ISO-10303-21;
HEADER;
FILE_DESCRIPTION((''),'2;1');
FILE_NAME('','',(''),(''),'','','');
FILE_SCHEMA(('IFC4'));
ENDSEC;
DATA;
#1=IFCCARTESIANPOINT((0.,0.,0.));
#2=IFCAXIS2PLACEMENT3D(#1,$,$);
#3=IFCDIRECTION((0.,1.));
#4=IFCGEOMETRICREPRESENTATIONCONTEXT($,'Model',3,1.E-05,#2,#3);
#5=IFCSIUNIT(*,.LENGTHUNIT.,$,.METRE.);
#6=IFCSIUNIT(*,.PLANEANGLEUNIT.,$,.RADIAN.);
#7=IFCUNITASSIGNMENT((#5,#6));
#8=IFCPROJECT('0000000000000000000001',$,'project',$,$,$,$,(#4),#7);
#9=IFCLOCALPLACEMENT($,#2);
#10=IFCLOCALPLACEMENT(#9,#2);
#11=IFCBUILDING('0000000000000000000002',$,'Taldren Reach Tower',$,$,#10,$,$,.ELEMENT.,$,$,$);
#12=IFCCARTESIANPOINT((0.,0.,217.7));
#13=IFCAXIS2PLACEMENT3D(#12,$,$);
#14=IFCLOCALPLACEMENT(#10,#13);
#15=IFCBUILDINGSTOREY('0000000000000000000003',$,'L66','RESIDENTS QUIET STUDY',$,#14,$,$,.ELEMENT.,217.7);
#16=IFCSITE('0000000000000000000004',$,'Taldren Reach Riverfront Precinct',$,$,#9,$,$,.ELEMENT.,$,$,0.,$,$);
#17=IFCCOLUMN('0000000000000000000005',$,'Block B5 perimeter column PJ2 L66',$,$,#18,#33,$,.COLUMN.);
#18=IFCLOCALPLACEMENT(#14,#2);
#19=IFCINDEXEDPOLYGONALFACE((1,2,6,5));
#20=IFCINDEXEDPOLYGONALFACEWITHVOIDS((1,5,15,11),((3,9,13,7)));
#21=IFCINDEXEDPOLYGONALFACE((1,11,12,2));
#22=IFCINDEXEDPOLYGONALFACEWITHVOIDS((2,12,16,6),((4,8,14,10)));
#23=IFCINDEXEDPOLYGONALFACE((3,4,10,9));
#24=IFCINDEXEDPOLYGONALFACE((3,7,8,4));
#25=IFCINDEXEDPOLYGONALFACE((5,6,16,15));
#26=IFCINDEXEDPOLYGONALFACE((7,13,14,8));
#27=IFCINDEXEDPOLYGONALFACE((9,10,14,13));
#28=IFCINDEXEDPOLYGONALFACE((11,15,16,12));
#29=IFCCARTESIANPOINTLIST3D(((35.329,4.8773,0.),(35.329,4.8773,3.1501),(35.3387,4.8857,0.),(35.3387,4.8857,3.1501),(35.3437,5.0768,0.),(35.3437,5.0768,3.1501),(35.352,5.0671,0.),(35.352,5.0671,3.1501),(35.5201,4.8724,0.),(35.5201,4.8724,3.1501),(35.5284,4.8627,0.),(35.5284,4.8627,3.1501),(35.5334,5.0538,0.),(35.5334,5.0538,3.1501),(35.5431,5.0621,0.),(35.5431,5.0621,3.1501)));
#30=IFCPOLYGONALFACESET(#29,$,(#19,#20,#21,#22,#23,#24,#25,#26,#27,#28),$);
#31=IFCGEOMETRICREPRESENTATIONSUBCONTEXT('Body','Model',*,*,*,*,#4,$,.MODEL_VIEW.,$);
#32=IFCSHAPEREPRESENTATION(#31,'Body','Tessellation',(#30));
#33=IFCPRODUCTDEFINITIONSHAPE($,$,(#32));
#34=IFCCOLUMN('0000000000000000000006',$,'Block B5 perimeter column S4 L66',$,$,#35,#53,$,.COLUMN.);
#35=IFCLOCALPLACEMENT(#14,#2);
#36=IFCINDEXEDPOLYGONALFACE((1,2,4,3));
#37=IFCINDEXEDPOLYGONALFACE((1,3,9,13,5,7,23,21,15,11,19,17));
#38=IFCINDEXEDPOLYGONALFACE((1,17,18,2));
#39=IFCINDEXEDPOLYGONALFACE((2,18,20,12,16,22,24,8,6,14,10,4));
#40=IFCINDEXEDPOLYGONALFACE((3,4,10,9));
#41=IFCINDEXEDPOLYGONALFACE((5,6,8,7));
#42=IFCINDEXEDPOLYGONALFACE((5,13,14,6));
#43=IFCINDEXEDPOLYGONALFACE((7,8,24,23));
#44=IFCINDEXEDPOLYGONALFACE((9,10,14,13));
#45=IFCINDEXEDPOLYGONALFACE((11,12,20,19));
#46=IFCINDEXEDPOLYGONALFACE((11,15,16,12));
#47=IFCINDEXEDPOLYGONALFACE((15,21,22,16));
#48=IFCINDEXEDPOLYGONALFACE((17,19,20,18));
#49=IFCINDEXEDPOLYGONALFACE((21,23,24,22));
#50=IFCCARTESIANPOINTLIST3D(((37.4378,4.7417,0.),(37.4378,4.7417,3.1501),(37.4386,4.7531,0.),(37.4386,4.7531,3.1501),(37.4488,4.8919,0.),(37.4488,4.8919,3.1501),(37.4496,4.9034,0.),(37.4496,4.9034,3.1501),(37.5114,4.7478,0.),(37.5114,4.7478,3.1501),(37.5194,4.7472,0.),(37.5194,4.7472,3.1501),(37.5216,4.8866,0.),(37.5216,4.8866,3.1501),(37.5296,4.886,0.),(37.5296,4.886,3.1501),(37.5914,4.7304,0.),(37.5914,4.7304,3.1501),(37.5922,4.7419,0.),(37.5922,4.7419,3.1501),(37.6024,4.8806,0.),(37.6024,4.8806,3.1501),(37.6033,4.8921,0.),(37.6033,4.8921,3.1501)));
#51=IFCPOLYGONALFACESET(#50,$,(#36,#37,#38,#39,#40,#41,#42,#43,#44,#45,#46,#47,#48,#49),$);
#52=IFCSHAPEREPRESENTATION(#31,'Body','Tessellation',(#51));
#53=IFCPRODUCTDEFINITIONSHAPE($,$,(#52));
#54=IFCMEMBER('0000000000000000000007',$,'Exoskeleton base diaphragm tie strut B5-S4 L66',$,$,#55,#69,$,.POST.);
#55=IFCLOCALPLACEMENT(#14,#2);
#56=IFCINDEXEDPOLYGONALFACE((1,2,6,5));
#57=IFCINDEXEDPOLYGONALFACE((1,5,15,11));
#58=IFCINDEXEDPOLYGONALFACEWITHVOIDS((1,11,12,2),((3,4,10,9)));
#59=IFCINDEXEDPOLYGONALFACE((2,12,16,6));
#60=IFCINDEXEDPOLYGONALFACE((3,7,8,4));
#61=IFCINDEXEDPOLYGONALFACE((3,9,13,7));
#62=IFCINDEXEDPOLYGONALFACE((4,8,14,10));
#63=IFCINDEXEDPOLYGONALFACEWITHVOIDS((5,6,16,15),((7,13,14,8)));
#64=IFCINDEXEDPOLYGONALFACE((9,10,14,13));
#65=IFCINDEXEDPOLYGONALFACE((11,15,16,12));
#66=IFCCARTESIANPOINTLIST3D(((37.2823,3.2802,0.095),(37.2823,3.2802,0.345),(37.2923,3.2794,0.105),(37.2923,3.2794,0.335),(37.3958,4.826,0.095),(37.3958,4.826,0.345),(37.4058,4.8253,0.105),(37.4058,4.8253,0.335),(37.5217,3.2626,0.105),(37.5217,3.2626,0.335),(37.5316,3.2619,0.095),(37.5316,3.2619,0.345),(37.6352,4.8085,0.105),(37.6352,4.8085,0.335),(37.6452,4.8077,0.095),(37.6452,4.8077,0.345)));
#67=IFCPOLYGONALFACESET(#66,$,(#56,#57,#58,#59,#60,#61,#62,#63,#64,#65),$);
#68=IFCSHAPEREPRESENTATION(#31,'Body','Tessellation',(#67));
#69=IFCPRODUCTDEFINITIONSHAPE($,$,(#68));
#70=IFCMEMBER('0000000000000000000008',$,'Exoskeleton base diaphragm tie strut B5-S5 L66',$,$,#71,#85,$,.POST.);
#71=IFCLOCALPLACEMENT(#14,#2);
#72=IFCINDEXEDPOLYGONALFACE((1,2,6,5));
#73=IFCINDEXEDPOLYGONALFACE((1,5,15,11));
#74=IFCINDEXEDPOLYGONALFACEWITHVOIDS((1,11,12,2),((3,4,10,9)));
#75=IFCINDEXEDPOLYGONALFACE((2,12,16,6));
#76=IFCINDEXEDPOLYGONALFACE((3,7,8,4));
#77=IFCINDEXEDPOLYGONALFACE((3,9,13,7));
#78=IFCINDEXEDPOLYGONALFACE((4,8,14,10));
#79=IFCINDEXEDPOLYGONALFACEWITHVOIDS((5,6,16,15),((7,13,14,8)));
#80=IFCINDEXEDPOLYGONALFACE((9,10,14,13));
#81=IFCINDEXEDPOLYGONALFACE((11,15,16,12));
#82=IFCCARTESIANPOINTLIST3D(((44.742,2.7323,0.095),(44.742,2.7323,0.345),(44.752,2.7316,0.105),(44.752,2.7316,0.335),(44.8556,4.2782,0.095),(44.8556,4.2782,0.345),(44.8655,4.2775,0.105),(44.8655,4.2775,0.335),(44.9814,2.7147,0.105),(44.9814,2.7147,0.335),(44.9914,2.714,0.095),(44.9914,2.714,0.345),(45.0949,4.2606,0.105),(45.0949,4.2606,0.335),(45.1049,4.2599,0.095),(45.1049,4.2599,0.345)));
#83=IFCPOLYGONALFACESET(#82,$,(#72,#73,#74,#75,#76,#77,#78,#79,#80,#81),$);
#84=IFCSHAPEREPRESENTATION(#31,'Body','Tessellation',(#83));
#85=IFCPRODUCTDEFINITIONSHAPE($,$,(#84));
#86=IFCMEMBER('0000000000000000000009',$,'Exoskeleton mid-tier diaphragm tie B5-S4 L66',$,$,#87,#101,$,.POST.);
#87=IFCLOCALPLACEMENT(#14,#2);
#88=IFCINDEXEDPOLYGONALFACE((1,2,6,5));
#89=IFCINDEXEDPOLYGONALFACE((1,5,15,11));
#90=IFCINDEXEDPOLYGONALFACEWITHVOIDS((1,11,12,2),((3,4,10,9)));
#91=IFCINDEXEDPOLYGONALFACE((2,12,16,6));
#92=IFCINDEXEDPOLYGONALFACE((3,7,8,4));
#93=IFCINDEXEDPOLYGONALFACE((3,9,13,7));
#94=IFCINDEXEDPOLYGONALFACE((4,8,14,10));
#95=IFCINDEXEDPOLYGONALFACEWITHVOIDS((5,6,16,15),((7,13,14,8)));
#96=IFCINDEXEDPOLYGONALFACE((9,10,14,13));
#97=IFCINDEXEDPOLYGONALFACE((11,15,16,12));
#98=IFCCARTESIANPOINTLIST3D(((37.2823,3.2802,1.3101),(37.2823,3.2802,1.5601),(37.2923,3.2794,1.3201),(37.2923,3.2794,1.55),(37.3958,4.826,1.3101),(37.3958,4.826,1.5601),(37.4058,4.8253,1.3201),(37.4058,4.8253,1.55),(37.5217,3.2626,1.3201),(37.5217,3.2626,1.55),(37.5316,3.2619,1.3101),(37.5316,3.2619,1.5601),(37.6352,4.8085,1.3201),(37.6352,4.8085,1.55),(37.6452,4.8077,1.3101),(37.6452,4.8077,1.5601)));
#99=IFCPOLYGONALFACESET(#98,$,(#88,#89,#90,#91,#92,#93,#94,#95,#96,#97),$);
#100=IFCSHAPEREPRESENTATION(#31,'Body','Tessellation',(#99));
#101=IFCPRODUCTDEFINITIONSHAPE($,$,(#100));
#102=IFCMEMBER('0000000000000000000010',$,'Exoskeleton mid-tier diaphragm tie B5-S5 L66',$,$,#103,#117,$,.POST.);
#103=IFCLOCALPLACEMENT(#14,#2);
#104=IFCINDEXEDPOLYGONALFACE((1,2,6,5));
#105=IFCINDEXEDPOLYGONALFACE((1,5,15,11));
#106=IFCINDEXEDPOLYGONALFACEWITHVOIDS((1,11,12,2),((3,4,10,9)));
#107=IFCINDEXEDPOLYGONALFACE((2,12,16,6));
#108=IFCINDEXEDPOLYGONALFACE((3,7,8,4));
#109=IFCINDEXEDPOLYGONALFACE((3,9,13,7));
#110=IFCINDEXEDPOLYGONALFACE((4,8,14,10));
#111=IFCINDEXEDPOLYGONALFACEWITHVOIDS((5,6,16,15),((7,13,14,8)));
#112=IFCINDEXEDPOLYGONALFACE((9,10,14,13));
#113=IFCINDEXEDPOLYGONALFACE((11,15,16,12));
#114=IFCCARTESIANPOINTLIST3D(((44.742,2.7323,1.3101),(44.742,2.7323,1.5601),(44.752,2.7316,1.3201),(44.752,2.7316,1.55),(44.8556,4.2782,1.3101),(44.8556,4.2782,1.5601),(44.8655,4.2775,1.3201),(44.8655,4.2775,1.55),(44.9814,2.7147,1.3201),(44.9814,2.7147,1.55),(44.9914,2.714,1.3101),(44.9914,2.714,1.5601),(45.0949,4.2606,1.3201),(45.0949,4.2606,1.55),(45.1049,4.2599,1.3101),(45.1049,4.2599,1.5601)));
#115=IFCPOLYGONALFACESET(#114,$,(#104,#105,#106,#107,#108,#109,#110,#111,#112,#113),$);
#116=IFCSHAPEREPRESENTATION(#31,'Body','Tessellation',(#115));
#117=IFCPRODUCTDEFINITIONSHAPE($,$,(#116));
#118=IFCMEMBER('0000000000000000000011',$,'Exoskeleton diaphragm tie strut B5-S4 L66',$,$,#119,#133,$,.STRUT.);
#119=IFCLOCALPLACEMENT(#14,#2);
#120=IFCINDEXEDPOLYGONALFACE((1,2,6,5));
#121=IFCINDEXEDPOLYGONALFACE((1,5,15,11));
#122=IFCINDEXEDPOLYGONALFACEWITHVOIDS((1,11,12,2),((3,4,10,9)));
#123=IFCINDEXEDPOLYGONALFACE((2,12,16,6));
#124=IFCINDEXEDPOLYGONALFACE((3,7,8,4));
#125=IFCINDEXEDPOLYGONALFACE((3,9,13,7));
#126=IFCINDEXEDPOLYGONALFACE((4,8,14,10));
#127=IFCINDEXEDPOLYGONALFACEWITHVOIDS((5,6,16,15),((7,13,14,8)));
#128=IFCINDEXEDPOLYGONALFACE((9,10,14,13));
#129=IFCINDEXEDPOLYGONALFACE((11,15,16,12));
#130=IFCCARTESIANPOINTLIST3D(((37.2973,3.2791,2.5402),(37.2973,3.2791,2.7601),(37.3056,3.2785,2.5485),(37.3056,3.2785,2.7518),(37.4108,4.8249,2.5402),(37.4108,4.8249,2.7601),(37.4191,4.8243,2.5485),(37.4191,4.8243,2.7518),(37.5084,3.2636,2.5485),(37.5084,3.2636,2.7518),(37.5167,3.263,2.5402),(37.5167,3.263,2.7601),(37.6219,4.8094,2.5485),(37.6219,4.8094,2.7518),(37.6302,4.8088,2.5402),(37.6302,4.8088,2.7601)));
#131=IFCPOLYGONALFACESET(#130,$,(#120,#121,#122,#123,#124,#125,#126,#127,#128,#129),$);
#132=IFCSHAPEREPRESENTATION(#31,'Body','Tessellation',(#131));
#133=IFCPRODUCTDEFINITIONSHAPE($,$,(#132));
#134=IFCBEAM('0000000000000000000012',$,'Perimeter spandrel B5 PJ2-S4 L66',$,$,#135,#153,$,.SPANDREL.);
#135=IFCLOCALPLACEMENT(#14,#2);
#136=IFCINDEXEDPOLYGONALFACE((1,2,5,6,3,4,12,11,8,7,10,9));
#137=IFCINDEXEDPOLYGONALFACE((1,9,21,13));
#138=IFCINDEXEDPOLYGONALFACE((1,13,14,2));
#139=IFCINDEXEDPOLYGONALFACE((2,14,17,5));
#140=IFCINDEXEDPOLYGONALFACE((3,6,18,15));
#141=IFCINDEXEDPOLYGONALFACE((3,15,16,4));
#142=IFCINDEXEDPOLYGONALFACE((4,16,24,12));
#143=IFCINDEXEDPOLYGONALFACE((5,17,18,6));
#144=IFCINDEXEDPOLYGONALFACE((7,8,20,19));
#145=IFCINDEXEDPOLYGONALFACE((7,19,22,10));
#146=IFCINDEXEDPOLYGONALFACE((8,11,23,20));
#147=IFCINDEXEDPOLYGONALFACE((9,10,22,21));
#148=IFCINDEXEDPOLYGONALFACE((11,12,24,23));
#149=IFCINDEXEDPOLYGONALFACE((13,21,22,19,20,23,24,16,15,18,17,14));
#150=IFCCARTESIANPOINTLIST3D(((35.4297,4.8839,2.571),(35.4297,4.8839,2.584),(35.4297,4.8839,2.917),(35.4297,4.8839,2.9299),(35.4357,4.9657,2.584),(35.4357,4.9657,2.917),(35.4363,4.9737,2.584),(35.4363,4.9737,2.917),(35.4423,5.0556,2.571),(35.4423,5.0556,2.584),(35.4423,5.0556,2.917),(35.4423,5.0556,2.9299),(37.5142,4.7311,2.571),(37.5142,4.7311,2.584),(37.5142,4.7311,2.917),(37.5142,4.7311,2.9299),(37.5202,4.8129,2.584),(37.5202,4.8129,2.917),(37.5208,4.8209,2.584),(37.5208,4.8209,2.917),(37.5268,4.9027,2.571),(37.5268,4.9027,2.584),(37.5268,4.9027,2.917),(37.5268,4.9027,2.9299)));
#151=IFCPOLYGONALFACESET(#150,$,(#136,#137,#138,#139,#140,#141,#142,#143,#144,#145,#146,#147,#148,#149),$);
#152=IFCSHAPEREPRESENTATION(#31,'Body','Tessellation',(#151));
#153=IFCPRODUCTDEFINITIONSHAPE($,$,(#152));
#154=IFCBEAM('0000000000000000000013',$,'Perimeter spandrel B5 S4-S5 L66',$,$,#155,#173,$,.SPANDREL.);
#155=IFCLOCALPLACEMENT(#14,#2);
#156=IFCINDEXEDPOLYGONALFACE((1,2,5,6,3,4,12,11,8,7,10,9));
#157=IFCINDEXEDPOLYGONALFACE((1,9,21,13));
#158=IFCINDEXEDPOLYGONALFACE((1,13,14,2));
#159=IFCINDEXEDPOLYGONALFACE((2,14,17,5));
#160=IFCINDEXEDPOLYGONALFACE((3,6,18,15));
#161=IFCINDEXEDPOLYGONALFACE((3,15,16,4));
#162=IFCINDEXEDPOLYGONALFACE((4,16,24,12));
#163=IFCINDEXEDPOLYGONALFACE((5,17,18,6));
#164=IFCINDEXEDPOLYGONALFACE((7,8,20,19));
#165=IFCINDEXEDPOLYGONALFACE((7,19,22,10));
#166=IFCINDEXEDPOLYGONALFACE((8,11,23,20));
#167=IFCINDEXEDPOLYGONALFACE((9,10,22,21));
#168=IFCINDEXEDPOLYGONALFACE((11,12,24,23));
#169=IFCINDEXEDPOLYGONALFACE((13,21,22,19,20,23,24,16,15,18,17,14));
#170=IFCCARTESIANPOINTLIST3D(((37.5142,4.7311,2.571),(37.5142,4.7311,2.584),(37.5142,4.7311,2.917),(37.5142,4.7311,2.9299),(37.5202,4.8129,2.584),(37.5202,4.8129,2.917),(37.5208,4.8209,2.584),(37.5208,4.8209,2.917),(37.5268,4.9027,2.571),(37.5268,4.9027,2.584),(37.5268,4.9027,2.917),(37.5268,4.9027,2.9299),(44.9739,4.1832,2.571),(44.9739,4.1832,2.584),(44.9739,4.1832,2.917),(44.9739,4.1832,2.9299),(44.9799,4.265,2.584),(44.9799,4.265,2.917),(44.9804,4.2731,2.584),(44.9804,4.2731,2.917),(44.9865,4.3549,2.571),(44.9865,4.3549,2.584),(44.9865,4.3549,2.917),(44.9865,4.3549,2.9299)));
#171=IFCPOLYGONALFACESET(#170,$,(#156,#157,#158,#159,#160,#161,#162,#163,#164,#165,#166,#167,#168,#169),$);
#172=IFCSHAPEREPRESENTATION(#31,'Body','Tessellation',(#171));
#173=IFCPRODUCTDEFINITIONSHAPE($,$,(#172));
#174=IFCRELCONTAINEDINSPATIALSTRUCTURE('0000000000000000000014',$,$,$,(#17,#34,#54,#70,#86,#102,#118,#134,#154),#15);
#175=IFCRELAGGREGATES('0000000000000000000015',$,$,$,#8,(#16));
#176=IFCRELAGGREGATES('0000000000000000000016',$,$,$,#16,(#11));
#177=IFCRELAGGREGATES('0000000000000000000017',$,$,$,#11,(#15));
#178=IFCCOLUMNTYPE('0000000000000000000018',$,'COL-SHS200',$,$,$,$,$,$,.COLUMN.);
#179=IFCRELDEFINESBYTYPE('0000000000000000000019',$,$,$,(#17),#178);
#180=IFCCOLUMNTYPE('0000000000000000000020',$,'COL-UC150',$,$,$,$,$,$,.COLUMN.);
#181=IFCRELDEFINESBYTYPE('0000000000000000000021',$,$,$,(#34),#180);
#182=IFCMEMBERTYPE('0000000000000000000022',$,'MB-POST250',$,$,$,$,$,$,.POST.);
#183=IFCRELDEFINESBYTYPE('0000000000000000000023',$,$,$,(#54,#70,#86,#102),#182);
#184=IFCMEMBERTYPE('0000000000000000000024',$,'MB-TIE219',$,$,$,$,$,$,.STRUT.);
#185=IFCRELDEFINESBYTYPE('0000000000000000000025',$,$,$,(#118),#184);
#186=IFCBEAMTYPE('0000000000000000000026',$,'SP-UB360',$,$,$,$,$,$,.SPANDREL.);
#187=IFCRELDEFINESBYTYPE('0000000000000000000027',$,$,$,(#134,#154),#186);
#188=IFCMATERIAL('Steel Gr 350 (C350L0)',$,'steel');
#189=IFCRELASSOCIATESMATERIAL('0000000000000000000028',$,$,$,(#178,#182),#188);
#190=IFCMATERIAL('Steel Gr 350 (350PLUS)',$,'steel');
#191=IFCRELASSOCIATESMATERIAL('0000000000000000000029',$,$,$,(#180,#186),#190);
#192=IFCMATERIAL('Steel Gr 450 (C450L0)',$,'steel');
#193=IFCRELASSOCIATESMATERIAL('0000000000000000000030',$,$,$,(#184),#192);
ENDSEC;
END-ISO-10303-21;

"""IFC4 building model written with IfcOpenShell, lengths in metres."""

from ifc_helpers import new_model, si_unit, direction, frame, origin, origin_2d, place, context, subcontext, project, spatial, hollow_rectangle, i_section, extrude, source, transform, mapped, material, material_profile, profile_set, type_object, element, save


model = new_model("IFC4")

# Units and contexts
model_context = context("Model", 3, precision=1e-05, world=origin(), true_north=direction((0.0, 1.0)))
body_context = subcontext(model_context, "Body", "Model", "MODEL_VIEW")
ifc_project = project(units=[si_unit("LENGTHUNIT", "METRE"), si_unit("PLANEANGLEUNIT", "RADIAN")], contexts=[model_context])

# Site, building, storey
site_placement = place(None, origin())
site = spatial("IfcSite", under=ifc_project, at=site_placement, Name="Taldren Reach Riverfront Precinct", CompositionType="ELEMENT", RefElevation=0.0)
building_placement = place(site_placement, origin())
building = spatial("IfcBuilding", under=site, at=building_placement, Name="Taldren Reach Tower", CompositionType="ELEMENT")
storey_placement = place(building_placement, frame((0.0, 0.0, 217.7)))
storey = spatial("IfcBuildingStorey", under=building, at=storey_placement, Name="L66", Description="RESIDENTS QUIET STUDY", CompositionType="ELEMENT", Elevation=217.7)

# Columns
ifc_material_1 = material(Name="Steel Gr 350 (C350L0)", Category="steel")
ifc_material_profile_1 = material_profile(ifc_material_1, hollow_rectangle(XDim=0.2, YDim=0.2, WallThickness=0.009, at=origin_2d()), Name="200x200x9.0SHS")
ifc_profile_set_1 = profile_set([ifc_material_profile_1], Name="Steel Gr 350 (C350L0)")
column_type_1 = type_object("IfcColumnType", Name="COL-SHS200", PredefinedType="COLUMN", material=ifc_profile_set_1)
shared_shape_1 = source(origin(), body_context, "Body", "SweptSolid", [
    extrude(hollow_rectangle(XDim=0.2, YDim=0.2, WallThickness=0.009, at=origin_2d()), origin(), (0.0, 0.0, 1.0), 3.1501),
])
column_1_placement = place(storey_placement, frame((35.436, 4.9697, 0.0), z_axis=(0.0, 0.0, 1.0), x_axis=(0.997314, -0.073238, 0.0)))
element("IfcColumn", 1, at=column_1_placement, inside=storey, type_object=column_type_1, Name="Block B5 perimeter column PJ2 L66", PredefinedType="COLUMN", context=body_context, shape_type="MappedRepresentation", body=[
    mapped(shared_shape_1, transform((0.0, 0.0, 0.0), scale=1.0)),
])
ifc_material_2 = material(Name="Steel Gr 350 (350PLUS)", Category="steel")
ifc_material_profile_2 = material_profile(ifc_material_2, i_section(OverallWidth=0.1541, OverallDepth=0.1621, WebThickness=0.0081, FlangeThickness=0.0115, at=origin_2d()), Name="150UC37.2")
ifc_profile_set_2 = profile_set([ifc_material_profile_2], Name="Steel Gr 350 (350PLUS)")
column_type_2 = type_object("IfcColumnType", Name="COL-UC150", PredefinedType="COLUMN", material=ifc_profile_set_2)
shared_shape_2 = source(origin(), body_context, "Body", "SweptSolid", [
    extrude(i_section(OverallWidth=0.1541, OverallDepth=0.1621, WebThickness=0.0081, FlangeThickness=0.0115, at=origin_2d()), origin(), (0.0, 0.0, 1.0), 3.1501),
])
column_2_placement = place(storey_placement, frame((37.5205, 4.8169, 0.0), z_axis=(0.0, 0.0, 1.0), x_axis=(0.997314, -0.073238, 0.0)))
element("IfcColumn", 2, at=column_2_placement, inside=storey, type_object=column_type_2, Name="Block B5 perimeter column S4 L66", PredefinedType="COLUMN", context=body_context, shape_type="MappedRepresentation", body=[
    mapped(shared_shape_2, transform((0.0, 0.0, 0.0), scale=1.0)),
])

# Members
ifc_material_profile_3 = material_profile(ifc_material_1, hollow_rectangle(XDim=0.25, YDim=0.25, WallThickness=0.01, at=origin_2d()), Name="250x250x10.0SHS")
ifc_profile_set_3 = profile_set([ifc_material_profile_3], Name="Steel Gr 350 (C350L0)")
member_type_1 = type_object("IfcMemberType", Name="MB-POST250", PredefinedType="POST", material=ifc_profile_set_3)
shared_shape_3 = source(origin(), body_context, "Body", "SweptSolid", [
    extrude(hollow_rectangle(XDim=0.25, YDim=0.25, WallThickness=0.01, at=origin_2d()), origin(), (0.0, 0.0, 1.0), 1.55),
])
for number, where, z_axis, x_axis, name in (
    (3, (37.5205, 4.8169, 0.22), (-0.073239, -0.997314, 0.0), (0.997314, -0.073239, 0.0), "Exoskeleton base diaphragm tie strut B5-S4 L66"),
    (4, (44.9802, 4.269, 0.22), (-0.073239, -0.997314, 0.0), (0.997314, -0.073239, 0.0), "Exoskeleton base diaphragm tie strut B5-S5 L66"),
    (5, (37.5205, 4.8169, 1.4351), (-0.073239, -0.997314, 0.0), (0.997314, -0.073239, 0.0), "Exoskeleton mid-tier diaphragm tie B5-S4 L66"),
    (6, (44.9802, 4.269, 1.4351), (-0.073239, -0.997314, 0.0), (0.997314, -0.073239, 0.0), "Exoskeleton mid-tier diaphragm tie B5-S5 L66"),
):
    element("IfcMember", number, at=place(storey_placement, frame(where, z_axis=z_axis, x_axis=x_axis)), inside=storey, type_object=member_type_1, Name=name, PredefinedType="POST", context=body_context, shape_type="MappedRepresentation", body=[
        mapped(shared_shape_3, transform((0.0, 0.0, 0.0), scale=1.0)),
    ])
ifc_material_3 = material(Name="Steel Gr 450 (C450L0)", Category="steel")
ifc_material_profile_4 = material_profile(ifc_material_3, hollow_rectangle(XDim=0.22, YDim=0.22, WallThickness=0.0083, at=origin_2d()), Name="220x220x8.2SHS")
ifc_profile_set_4 = profile_set([ifc_material_profile_4], Name="Steel Gr 450 (C450L0)")
member_type_2 = type_object("IfcMemberType", Name="MB-TIE219", PredefinedType="STRUT", material=ifc_profile_set_4)
shared_shape_4 = source(origin(), body_context, "Body", "SweptSolid", [
    extrude(hollow_rectangle(XDim=0.22, YDim=0.22, WallThickness=0.0083, at=origin_2d()), origin(), (0.0, 0.0, 1.0), 1.55),
])
member_1_placement = place(storey_placement, frame((37.5205, 4.8169, 2.6501), z_axis=(-0.073239, -0.997314, 0.0), x_axis=(0.997314, -0.073239, 0.0)))
element("IfcMember", 7, at=member_1_placement, inside=storey, type_object=member_type_2, Name="Exoskeleton diaphragm tie strut B5-S4 L66", PredefinedType="STRUT", context=body_context, shape_type="MappedRepresentation", body=[
    mapped(shared_shape_4, transform((0.0, 0.0, 0.0), scale=1.0)),
])

# Beams
ifc_material_profile_5 = material_profile(ifc_material_2, i_section(OverallWidth=0.1721, OverallDepth=0.3589, WebThickness=0.0081, FlangeThickness=0.0129, at=origin_2d()), Name="360UB56.7")
ifc_profile_set_5 = profile_set([ifc_material_profile_5], Name="Steel Gr 350 (350PLUS)")
beam_type_1 = type_object("IfcBeamType", Name="SP-UB360", PredefinedType="SPANDREL", material=ifc_profile_set_5)
shared_shape_5 = source(origin(), body_context, "Body", "SweptSolid", [
    extrude(i_section(OverallWidth=0.1721, OverallDepth=0.3589, WebThickness=0.0081, FlangeThickness=0.0129, at=origin_2d()), origin(), (0.0, 0.0, 1.0), 2.0901),
])
beam_1_placement = place(storey_placement, frame((35.436, 4.9697, 2.7505), z_axis=(0.997323, -0.073123, 0.0), x_axis=(0.073123, 0.997323, 0.0)))
element("IfcBeam", 8, at=beam_1_placement, inside=storey, type_object=beam_type_1, Name="Perimeter spandrel B5 PJ2-S4 L66", PredefinedType="SPANDREL", context=body_context, shape_type="MappedRepresentation", body=[
    mapped(shared_shape_5, transform((0.0, 0.0, 0.0), scale=1.0)),
])
shared_shape_6 = source(origin(), body_context, "Body", "SweptSolid", [
    extrude(i_section(OverallWidth=0.1721, OverallDepth=0.3589, WebThickness=0.0081, FlangeThickness=0.0129, at=origin_2d()), origin(), (0.0, 0.0, 1.0), 7.4797),
])
beam_2_placement = place(storey_placement, frame((37.5205, 4.8169, 2.7505), z_axis=(0.997314, -0.073244, 0.0), x_axis=(0.073244, 0.997314, 0.0)))
element("IfcBeam", 9, at=beam_2_placement, inside=storey, type_object=beam_type_1, Name="Perimeter spandrel B5 S4-S5 L66", PredefinedType="SPANDREL", context=body_context, shape_type="MappedRepresentation", body=[
    mapped(shared_shape_6, transform((0.0, 0.0, 0.0), scale=1.0)),
])

save(model, "model.ifc")
